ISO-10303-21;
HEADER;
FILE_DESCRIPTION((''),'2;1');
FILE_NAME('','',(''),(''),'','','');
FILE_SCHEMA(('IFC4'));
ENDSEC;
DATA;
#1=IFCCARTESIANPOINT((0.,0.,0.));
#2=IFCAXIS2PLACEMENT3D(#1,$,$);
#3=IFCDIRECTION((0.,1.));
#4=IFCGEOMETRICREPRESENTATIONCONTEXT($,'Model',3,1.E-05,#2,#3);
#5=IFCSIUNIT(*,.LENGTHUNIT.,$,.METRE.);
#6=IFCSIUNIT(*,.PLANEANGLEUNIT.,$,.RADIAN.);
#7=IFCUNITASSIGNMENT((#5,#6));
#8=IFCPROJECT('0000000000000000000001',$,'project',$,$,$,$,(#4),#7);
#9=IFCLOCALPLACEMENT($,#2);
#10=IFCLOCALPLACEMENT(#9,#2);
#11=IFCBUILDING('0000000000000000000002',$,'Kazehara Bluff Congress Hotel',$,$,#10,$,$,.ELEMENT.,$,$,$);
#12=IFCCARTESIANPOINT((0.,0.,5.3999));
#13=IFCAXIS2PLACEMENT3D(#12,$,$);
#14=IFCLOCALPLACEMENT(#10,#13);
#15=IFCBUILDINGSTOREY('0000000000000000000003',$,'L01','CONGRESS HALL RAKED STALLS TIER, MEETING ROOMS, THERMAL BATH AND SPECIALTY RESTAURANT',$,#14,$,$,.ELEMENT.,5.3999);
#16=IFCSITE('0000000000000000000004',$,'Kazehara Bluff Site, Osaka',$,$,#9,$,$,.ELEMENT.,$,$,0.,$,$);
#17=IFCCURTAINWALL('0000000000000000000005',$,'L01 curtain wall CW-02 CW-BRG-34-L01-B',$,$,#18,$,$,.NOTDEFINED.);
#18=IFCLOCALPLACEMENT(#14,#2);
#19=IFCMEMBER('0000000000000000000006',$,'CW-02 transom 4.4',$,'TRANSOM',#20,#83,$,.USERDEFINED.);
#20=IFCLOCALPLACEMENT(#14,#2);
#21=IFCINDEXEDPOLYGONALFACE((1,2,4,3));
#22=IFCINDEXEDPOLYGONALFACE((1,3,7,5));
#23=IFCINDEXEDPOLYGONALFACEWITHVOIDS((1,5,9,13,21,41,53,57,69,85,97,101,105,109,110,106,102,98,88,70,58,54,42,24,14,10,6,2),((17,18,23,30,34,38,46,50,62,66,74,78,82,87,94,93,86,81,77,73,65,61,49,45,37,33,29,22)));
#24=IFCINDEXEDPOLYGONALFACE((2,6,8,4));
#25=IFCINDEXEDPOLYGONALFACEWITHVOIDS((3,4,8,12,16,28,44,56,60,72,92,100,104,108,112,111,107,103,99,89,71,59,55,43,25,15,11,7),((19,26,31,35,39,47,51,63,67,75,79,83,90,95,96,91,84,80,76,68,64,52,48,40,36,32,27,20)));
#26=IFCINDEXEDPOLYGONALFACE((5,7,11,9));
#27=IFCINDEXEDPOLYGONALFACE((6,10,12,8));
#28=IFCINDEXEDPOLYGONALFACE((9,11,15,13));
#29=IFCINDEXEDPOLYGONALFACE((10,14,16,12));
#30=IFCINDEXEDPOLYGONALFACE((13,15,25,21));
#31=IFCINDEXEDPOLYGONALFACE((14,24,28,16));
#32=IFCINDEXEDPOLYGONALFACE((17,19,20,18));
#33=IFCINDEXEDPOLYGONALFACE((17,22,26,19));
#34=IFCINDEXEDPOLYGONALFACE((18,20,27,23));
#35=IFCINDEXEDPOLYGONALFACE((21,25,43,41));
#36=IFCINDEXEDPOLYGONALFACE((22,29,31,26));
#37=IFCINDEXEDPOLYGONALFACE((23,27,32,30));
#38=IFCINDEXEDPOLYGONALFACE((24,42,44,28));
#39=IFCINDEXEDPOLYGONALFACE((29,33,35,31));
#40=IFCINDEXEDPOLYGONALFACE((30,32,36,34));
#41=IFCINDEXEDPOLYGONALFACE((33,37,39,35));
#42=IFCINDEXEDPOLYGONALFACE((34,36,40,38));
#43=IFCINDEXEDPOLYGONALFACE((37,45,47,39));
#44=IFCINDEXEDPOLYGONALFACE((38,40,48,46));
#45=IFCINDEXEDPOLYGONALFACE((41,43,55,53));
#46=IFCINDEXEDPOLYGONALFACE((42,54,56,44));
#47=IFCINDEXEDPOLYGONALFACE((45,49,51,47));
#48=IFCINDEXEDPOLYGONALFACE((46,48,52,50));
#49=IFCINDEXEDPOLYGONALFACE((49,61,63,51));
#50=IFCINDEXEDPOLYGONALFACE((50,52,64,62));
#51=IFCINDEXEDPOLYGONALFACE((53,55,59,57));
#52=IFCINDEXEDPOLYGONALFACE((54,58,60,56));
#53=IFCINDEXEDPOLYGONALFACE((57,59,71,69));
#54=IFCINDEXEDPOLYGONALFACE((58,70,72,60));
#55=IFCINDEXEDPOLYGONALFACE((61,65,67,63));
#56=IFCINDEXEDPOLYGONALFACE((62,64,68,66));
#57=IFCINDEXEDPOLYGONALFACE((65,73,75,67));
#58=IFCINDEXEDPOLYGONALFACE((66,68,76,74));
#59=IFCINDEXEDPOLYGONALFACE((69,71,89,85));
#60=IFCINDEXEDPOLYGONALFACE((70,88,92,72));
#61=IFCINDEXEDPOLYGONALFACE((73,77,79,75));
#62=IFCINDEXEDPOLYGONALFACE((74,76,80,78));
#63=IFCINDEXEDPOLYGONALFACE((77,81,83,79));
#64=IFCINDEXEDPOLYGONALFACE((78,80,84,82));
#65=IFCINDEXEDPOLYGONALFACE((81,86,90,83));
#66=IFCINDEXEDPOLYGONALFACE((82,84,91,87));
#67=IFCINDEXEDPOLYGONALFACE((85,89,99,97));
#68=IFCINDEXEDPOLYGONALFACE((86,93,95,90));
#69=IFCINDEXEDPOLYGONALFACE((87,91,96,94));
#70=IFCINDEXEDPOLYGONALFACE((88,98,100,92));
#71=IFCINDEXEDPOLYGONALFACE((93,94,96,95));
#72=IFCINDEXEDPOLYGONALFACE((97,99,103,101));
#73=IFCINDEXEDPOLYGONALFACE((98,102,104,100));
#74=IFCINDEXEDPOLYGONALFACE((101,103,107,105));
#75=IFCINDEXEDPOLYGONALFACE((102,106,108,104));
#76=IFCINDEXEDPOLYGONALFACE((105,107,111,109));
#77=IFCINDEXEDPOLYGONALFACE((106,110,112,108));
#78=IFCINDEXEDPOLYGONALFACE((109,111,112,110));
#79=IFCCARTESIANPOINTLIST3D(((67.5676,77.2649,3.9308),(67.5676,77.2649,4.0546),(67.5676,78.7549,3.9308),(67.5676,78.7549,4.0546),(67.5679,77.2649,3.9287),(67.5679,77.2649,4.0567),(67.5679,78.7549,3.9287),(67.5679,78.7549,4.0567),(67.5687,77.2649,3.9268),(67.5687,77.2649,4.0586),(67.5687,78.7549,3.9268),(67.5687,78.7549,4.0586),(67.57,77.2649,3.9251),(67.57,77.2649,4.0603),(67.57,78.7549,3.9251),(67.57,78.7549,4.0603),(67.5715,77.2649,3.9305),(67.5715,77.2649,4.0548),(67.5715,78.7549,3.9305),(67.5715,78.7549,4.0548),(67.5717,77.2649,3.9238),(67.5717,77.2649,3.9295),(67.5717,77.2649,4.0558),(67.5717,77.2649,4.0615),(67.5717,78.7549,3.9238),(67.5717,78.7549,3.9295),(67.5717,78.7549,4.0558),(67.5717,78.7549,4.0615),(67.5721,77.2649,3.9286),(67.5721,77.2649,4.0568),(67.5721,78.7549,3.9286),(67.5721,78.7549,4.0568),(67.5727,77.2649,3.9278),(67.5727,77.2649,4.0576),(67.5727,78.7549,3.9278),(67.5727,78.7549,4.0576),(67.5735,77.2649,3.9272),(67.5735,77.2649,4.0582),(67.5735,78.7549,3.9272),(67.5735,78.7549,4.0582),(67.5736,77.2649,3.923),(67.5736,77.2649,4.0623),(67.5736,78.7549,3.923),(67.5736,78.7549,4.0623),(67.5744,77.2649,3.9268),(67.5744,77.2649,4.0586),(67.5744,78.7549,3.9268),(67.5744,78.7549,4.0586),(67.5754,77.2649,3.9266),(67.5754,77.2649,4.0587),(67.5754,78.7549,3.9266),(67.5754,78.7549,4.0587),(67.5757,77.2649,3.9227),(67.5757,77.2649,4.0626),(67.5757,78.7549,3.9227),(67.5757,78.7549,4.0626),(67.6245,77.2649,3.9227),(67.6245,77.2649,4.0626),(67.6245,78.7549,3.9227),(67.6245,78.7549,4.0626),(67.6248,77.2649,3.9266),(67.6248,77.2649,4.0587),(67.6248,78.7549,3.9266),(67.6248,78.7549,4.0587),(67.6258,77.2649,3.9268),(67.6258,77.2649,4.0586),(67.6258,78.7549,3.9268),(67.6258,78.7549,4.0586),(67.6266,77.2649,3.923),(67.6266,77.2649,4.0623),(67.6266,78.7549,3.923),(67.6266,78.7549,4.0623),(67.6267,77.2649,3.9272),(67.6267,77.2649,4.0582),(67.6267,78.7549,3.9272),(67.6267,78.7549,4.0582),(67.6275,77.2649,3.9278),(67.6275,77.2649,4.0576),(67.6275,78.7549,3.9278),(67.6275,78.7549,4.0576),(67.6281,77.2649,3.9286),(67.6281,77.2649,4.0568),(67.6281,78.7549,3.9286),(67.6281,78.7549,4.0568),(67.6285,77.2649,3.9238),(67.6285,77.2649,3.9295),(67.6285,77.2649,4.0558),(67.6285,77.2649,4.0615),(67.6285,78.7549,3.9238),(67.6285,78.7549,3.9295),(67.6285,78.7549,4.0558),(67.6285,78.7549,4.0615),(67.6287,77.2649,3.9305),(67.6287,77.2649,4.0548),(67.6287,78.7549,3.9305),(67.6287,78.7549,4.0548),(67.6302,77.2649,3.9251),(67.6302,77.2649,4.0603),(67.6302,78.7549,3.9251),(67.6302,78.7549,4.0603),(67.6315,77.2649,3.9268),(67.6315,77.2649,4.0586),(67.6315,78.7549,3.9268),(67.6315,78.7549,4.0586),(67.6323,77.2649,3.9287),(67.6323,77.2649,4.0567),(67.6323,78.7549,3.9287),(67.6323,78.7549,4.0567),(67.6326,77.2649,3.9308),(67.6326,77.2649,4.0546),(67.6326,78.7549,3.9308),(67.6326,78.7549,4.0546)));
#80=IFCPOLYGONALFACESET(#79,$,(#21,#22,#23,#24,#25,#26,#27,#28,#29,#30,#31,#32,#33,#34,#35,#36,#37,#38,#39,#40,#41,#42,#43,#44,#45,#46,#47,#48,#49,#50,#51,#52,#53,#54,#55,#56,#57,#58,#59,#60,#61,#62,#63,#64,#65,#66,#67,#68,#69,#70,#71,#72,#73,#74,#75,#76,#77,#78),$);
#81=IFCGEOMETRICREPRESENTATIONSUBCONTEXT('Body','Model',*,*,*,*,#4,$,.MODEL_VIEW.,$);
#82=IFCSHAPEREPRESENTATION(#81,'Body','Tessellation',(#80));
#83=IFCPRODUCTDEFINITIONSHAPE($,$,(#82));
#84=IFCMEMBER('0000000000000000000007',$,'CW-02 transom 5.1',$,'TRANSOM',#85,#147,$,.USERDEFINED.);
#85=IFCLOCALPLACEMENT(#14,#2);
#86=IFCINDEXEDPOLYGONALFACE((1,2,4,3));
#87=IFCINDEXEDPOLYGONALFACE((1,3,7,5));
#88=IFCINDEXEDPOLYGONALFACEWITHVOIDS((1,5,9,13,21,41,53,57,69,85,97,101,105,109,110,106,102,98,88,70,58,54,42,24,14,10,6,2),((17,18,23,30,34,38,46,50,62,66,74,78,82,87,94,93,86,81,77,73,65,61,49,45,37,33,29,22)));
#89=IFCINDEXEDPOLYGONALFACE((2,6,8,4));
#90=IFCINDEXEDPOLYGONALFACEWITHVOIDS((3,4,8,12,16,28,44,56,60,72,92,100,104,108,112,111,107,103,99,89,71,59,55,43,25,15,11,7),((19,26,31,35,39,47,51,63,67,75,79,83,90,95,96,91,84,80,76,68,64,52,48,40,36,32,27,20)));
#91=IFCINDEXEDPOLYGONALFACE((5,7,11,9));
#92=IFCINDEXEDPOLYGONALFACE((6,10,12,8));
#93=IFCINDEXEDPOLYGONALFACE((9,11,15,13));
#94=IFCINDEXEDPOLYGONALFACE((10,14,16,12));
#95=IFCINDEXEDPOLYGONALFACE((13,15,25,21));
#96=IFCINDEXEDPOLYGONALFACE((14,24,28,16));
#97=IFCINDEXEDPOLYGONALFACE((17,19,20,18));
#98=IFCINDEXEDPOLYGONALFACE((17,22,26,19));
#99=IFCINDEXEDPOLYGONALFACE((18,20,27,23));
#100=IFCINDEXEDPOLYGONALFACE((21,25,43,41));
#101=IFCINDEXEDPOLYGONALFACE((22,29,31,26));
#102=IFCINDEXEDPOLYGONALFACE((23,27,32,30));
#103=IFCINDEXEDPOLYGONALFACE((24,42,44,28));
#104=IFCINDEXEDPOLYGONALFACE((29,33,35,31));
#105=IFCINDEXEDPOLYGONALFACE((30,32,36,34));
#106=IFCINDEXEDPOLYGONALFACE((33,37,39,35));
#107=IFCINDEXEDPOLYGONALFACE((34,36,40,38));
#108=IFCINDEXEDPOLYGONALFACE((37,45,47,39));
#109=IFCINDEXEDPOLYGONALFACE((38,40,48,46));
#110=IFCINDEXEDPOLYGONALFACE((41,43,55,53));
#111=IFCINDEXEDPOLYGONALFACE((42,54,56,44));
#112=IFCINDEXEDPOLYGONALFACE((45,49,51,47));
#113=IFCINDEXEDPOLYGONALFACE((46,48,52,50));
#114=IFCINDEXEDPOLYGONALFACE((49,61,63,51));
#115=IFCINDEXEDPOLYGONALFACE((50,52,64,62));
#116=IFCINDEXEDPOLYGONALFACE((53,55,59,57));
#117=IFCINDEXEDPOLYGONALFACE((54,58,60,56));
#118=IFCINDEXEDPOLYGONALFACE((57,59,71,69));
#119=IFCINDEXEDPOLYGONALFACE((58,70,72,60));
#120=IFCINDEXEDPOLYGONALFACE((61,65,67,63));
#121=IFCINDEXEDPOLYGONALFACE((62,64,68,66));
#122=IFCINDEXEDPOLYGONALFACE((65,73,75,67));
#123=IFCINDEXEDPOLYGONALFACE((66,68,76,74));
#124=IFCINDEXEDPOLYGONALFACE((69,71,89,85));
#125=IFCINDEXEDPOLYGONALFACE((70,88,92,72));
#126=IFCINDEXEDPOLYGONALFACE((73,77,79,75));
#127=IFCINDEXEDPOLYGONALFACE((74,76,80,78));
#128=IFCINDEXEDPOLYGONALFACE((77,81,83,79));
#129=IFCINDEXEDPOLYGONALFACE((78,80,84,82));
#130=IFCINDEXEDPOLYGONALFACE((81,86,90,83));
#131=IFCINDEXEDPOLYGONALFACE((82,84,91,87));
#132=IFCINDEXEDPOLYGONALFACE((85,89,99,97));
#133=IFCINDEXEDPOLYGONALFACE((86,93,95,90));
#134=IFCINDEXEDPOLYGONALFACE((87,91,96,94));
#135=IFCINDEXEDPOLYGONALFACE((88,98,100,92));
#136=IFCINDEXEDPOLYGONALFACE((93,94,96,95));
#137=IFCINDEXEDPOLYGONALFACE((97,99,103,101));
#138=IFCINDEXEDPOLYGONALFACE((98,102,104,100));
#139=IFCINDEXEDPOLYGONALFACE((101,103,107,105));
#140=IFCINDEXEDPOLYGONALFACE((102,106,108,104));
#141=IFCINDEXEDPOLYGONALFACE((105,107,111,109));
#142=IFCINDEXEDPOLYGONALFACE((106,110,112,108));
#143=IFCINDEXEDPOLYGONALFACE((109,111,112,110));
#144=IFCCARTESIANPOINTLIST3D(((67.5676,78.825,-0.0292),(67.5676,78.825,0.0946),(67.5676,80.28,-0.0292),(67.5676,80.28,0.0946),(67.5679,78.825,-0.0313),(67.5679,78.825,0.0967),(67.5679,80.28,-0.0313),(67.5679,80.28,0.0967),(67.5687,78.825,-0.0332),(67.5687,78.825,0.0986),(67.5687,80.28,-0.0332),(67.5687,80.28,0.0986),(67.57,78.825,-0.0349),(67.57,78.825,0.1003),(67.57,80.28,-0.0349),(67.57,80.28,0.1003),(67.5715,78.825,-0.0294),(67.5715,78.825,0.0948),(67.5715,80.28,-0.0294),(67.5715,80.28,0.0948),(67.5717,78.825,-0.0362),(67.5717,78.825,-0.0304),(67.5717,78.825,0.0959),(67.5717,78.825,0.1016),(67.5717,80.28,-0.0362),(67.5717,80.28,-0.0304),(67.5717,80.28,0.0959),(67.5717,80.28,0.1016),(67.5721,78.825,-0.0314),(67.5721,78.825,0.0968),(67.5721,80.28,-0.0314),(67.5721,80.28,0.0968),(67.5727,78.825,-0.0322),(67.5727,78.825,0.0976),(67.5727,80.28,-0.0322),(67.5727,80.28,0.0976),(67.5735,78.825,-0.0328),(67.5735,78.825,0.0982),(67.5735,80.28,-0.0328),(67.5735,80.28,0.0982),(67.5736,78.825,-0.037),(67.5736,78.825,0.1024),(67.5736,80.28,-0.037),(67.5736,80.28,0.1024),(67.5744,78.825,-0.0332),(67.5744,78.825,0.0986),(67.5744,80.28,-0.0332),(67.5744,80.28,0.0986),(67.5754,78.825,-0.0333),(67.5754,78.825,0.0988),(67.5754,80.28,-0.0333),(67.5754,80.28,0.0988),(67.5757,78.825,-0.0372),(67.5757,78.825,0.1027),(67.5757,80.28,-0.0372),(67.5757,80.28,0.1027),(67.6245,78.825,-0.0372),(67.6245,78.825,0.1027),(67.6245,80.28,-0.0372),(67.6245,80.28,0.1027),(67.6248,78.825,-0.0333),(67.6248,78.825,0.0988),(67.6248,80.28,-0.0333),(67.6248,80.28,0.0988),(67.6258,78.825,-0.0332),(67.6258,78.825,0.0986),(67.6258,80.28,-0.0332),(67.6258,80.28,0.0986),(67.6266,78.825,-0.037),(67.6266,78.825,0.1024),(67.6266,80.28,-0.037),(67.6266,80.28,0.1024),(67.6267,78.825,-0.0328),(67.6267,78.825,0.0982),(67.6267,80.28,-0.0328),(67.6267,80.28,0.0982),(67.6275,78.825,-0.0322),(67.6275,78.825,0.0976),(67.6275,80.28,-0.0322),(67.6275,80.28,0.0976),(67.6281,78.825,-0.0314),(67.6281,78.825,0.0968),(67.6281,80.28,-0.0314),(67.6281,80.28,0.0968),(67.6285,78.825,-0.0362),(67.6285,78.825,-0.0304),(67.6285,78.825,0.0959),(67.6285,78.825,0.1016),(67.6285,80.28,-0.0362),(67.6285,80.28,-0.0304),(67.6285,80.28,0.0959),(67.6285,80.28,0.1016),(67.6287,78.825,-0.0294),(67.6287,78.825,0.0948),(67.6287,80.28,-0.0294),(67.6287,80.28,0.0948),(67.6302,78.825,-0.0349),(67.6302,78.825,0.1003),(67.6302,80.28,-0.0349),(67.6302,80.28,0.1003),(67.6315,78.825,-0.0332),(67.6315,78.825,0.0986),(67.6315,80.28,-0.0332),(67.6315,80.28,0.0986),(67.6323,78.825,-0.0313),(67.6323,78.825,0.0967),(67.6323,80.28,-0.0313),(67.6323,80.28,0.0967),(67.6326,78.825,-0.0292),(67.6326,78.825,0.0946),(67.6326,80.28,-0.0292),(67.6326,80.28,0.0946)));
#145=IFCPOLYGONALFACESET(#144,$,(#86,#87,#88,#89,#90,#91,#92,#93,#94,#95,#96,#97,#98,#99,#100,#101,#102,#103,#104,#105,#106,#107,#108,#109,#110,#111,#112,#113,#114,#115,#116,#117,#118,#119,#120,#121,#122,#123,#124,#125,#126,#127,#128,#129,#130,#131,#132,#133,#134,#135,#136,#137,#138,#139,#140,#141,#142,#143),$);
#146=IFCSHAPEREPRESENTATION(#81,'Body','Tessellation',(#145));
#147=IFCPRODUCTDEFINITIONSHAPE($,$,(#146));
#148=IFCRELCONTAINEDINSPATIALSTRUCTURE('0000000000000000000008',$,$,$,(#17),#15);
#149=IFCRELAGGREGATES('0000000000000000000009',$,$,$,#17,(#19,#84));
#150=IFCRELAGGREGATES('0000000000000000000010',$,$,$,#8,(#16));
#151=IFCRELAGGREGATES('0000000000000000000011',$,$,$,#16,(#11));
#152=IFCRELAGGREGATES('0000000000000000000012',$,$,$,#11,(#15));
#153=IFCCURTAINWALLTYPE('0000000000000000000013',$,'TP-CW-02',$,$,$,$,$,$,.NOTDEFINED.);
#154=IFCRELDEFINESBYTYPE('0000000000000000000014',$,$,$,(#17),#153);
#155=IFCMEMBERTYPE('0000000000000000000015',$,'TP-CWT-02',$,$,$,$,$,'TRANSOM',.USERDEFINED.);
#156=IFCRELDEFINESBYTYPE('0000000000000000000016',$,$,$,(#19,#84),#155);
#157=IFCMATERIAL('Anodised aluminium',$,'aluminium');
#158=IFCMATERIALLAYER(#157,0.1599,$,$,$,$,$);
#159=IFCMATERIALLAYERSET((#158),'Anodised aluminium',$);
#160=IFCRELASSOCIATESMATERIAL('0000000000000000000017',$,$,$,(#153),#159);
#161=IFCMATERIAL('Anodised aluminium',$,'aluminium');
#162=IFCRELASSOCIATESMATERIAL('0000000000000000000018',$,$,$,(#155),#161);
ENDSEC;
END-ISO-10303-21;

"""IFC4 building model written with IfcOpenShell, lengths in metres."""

from ifc_helpers import new_model, si_unit, direction, frame, origin, origin_2d, place, context, subcontext, project, spatial, hollow_rectangle, extrude, material, layer, layer_set, material_profile, profile_set, type_object, element, aggregate, save


model = new_model("IFC4")

# Units and contexts
model_context = context("Model", 3, precision=1e-05, world=origin(), true_north=direction((0.0, 1.0)))
body_context = subcontext(model_context, "Body", "Model", "MODEL_VIEW")
ifc_project = project(units=[si_unit("LENGTHUNIT", "METRE"), si_unit("PLANEANGLEUNIT", "RADIAN")], contexts=[model_context])

# Site, building, storey
site_placement = place(None, origin())
site = spatial("IfcSite", under=ifc_project, at=site_placement, Name="Kazehara Bluff Site, Osaka", CompositionType="ELEMENT", RefElevation=0.0)
building_placement = place(site_placement, origin())
building = spatial("IfcBuilding", under=site, at=building_placement, Name="Kazehara Bluff Congress Hotel", CompositionType="ELEMENT")
storey_placement = place(building_placement, frame((0.0, 0.0, 5.3999)))
storey = spatial("IfcBuildingStorey", under=building, at=storey_placement, Name="L01", Description="CONGRESS HALL RAKED STALLS TIER, MEETING ROOMS, THERMAL BATH AND SPECIALTY RESTAURANT", CompositionType="ELEMENT", Elevation=5.3999)

# Curtain wall, members
ifc_material_1 = material(Name="Anodised aluminium", Category="aluminium")
ifc_layer_1 = layer(ifc_material_1, 0.1599)
ifc_layer_set_1 = layer_set([ifc_layer_1], Name="Anodised aluminium")
curtain_wall_type_1 = type_object("IfcCurtainWallType", Name="TP-CW-02", PredefinedType="NOTDEFINED", material=ifc_layer_set_1)
curtain_wall_1_placement = place(storey_placement, origin())
curtain_wall_1 = element("IfcCurtainWall", 1, at=curtain_wall_1_placement, inside=storey, type_object=curtain_wall_type_1, Name="L01 curtain wall CW-02 CW-BRG-34-L01-B", PredefinedType="NOTDEFINED")
ifc_material_2 = material(Name="Anodised aluminium", Category="aluminium")
ifc_material_profile_1 = material_profile(ifc_material_2, hollow_rectangle(XDim=0.0649, YDim=0.1399, WallThickness=0.0039, InnerFilletRadius=0.0039, OuterFilletRadius=0.0081, at=origin_2d()))
ifc_profile_set_1 = profile_set([ifc_material_profile_1], Name="Anodised aluminium")
member_type_1 = type_object("IfcMemberType", Name="TP-CWT-02", ElementType="TRANSOM", PredefinedType="USERDEFINED", material=ifc_profile_set_1)
member_1_placement = place(storey_placement, frame((67.6001, 77.2649, 3.9927), z_axis=(0.0, 1.0, 0.0), x_axis=(-1.0, 0.0, 0.0)))
member_1 = element("IfcMember", 2, at=member_1_placement, type_object=member_type_1, Name="CW-02 transom 4.4", ObjectType="TRANSOM", PredefinedType="USERDEFINED", context=body_context, shape_type="SweptSolid", body=[
    extrude(hollow_rectangle(XDim=0.0649, YDim=0.1399, WallThickness=0.0039, InnerFilletRadius=0.0039, OuterFilletRadius=0.0081, at=origin_2d()), origin(), (0.0, 0.0, 1.0), 1.49),
])
member_2_placement = place(storey_placement, frame((67.6001, 78.825, 0.0327), z_axis=(0.0, 1.0, 0.0), x_axis=(-1.0, 0.0, 0.0)))
member_2 = element("IfcMember", 3, at=member_2_placement, type_object=member_type_1, Name="CW-02 transom 5.1", ObjectType="TRANSOM", PredefinedType="USERDEFINED", context=body_context, shape_type="SweptSolid", body=[
    extrude(hollow_rectangle(XDim=0.0649, YDim=0.1399, WallThickness=0.0039, InnerFilletRadius=0.0039, OuterFilletRadius=0.0081, at=origin_2d()), origin(), (0.0, 0.0, 1.0), 1.4551),
])

aggregate(curtain_wall_1, [member_1, member_2])

save(model, "model.ifc")
